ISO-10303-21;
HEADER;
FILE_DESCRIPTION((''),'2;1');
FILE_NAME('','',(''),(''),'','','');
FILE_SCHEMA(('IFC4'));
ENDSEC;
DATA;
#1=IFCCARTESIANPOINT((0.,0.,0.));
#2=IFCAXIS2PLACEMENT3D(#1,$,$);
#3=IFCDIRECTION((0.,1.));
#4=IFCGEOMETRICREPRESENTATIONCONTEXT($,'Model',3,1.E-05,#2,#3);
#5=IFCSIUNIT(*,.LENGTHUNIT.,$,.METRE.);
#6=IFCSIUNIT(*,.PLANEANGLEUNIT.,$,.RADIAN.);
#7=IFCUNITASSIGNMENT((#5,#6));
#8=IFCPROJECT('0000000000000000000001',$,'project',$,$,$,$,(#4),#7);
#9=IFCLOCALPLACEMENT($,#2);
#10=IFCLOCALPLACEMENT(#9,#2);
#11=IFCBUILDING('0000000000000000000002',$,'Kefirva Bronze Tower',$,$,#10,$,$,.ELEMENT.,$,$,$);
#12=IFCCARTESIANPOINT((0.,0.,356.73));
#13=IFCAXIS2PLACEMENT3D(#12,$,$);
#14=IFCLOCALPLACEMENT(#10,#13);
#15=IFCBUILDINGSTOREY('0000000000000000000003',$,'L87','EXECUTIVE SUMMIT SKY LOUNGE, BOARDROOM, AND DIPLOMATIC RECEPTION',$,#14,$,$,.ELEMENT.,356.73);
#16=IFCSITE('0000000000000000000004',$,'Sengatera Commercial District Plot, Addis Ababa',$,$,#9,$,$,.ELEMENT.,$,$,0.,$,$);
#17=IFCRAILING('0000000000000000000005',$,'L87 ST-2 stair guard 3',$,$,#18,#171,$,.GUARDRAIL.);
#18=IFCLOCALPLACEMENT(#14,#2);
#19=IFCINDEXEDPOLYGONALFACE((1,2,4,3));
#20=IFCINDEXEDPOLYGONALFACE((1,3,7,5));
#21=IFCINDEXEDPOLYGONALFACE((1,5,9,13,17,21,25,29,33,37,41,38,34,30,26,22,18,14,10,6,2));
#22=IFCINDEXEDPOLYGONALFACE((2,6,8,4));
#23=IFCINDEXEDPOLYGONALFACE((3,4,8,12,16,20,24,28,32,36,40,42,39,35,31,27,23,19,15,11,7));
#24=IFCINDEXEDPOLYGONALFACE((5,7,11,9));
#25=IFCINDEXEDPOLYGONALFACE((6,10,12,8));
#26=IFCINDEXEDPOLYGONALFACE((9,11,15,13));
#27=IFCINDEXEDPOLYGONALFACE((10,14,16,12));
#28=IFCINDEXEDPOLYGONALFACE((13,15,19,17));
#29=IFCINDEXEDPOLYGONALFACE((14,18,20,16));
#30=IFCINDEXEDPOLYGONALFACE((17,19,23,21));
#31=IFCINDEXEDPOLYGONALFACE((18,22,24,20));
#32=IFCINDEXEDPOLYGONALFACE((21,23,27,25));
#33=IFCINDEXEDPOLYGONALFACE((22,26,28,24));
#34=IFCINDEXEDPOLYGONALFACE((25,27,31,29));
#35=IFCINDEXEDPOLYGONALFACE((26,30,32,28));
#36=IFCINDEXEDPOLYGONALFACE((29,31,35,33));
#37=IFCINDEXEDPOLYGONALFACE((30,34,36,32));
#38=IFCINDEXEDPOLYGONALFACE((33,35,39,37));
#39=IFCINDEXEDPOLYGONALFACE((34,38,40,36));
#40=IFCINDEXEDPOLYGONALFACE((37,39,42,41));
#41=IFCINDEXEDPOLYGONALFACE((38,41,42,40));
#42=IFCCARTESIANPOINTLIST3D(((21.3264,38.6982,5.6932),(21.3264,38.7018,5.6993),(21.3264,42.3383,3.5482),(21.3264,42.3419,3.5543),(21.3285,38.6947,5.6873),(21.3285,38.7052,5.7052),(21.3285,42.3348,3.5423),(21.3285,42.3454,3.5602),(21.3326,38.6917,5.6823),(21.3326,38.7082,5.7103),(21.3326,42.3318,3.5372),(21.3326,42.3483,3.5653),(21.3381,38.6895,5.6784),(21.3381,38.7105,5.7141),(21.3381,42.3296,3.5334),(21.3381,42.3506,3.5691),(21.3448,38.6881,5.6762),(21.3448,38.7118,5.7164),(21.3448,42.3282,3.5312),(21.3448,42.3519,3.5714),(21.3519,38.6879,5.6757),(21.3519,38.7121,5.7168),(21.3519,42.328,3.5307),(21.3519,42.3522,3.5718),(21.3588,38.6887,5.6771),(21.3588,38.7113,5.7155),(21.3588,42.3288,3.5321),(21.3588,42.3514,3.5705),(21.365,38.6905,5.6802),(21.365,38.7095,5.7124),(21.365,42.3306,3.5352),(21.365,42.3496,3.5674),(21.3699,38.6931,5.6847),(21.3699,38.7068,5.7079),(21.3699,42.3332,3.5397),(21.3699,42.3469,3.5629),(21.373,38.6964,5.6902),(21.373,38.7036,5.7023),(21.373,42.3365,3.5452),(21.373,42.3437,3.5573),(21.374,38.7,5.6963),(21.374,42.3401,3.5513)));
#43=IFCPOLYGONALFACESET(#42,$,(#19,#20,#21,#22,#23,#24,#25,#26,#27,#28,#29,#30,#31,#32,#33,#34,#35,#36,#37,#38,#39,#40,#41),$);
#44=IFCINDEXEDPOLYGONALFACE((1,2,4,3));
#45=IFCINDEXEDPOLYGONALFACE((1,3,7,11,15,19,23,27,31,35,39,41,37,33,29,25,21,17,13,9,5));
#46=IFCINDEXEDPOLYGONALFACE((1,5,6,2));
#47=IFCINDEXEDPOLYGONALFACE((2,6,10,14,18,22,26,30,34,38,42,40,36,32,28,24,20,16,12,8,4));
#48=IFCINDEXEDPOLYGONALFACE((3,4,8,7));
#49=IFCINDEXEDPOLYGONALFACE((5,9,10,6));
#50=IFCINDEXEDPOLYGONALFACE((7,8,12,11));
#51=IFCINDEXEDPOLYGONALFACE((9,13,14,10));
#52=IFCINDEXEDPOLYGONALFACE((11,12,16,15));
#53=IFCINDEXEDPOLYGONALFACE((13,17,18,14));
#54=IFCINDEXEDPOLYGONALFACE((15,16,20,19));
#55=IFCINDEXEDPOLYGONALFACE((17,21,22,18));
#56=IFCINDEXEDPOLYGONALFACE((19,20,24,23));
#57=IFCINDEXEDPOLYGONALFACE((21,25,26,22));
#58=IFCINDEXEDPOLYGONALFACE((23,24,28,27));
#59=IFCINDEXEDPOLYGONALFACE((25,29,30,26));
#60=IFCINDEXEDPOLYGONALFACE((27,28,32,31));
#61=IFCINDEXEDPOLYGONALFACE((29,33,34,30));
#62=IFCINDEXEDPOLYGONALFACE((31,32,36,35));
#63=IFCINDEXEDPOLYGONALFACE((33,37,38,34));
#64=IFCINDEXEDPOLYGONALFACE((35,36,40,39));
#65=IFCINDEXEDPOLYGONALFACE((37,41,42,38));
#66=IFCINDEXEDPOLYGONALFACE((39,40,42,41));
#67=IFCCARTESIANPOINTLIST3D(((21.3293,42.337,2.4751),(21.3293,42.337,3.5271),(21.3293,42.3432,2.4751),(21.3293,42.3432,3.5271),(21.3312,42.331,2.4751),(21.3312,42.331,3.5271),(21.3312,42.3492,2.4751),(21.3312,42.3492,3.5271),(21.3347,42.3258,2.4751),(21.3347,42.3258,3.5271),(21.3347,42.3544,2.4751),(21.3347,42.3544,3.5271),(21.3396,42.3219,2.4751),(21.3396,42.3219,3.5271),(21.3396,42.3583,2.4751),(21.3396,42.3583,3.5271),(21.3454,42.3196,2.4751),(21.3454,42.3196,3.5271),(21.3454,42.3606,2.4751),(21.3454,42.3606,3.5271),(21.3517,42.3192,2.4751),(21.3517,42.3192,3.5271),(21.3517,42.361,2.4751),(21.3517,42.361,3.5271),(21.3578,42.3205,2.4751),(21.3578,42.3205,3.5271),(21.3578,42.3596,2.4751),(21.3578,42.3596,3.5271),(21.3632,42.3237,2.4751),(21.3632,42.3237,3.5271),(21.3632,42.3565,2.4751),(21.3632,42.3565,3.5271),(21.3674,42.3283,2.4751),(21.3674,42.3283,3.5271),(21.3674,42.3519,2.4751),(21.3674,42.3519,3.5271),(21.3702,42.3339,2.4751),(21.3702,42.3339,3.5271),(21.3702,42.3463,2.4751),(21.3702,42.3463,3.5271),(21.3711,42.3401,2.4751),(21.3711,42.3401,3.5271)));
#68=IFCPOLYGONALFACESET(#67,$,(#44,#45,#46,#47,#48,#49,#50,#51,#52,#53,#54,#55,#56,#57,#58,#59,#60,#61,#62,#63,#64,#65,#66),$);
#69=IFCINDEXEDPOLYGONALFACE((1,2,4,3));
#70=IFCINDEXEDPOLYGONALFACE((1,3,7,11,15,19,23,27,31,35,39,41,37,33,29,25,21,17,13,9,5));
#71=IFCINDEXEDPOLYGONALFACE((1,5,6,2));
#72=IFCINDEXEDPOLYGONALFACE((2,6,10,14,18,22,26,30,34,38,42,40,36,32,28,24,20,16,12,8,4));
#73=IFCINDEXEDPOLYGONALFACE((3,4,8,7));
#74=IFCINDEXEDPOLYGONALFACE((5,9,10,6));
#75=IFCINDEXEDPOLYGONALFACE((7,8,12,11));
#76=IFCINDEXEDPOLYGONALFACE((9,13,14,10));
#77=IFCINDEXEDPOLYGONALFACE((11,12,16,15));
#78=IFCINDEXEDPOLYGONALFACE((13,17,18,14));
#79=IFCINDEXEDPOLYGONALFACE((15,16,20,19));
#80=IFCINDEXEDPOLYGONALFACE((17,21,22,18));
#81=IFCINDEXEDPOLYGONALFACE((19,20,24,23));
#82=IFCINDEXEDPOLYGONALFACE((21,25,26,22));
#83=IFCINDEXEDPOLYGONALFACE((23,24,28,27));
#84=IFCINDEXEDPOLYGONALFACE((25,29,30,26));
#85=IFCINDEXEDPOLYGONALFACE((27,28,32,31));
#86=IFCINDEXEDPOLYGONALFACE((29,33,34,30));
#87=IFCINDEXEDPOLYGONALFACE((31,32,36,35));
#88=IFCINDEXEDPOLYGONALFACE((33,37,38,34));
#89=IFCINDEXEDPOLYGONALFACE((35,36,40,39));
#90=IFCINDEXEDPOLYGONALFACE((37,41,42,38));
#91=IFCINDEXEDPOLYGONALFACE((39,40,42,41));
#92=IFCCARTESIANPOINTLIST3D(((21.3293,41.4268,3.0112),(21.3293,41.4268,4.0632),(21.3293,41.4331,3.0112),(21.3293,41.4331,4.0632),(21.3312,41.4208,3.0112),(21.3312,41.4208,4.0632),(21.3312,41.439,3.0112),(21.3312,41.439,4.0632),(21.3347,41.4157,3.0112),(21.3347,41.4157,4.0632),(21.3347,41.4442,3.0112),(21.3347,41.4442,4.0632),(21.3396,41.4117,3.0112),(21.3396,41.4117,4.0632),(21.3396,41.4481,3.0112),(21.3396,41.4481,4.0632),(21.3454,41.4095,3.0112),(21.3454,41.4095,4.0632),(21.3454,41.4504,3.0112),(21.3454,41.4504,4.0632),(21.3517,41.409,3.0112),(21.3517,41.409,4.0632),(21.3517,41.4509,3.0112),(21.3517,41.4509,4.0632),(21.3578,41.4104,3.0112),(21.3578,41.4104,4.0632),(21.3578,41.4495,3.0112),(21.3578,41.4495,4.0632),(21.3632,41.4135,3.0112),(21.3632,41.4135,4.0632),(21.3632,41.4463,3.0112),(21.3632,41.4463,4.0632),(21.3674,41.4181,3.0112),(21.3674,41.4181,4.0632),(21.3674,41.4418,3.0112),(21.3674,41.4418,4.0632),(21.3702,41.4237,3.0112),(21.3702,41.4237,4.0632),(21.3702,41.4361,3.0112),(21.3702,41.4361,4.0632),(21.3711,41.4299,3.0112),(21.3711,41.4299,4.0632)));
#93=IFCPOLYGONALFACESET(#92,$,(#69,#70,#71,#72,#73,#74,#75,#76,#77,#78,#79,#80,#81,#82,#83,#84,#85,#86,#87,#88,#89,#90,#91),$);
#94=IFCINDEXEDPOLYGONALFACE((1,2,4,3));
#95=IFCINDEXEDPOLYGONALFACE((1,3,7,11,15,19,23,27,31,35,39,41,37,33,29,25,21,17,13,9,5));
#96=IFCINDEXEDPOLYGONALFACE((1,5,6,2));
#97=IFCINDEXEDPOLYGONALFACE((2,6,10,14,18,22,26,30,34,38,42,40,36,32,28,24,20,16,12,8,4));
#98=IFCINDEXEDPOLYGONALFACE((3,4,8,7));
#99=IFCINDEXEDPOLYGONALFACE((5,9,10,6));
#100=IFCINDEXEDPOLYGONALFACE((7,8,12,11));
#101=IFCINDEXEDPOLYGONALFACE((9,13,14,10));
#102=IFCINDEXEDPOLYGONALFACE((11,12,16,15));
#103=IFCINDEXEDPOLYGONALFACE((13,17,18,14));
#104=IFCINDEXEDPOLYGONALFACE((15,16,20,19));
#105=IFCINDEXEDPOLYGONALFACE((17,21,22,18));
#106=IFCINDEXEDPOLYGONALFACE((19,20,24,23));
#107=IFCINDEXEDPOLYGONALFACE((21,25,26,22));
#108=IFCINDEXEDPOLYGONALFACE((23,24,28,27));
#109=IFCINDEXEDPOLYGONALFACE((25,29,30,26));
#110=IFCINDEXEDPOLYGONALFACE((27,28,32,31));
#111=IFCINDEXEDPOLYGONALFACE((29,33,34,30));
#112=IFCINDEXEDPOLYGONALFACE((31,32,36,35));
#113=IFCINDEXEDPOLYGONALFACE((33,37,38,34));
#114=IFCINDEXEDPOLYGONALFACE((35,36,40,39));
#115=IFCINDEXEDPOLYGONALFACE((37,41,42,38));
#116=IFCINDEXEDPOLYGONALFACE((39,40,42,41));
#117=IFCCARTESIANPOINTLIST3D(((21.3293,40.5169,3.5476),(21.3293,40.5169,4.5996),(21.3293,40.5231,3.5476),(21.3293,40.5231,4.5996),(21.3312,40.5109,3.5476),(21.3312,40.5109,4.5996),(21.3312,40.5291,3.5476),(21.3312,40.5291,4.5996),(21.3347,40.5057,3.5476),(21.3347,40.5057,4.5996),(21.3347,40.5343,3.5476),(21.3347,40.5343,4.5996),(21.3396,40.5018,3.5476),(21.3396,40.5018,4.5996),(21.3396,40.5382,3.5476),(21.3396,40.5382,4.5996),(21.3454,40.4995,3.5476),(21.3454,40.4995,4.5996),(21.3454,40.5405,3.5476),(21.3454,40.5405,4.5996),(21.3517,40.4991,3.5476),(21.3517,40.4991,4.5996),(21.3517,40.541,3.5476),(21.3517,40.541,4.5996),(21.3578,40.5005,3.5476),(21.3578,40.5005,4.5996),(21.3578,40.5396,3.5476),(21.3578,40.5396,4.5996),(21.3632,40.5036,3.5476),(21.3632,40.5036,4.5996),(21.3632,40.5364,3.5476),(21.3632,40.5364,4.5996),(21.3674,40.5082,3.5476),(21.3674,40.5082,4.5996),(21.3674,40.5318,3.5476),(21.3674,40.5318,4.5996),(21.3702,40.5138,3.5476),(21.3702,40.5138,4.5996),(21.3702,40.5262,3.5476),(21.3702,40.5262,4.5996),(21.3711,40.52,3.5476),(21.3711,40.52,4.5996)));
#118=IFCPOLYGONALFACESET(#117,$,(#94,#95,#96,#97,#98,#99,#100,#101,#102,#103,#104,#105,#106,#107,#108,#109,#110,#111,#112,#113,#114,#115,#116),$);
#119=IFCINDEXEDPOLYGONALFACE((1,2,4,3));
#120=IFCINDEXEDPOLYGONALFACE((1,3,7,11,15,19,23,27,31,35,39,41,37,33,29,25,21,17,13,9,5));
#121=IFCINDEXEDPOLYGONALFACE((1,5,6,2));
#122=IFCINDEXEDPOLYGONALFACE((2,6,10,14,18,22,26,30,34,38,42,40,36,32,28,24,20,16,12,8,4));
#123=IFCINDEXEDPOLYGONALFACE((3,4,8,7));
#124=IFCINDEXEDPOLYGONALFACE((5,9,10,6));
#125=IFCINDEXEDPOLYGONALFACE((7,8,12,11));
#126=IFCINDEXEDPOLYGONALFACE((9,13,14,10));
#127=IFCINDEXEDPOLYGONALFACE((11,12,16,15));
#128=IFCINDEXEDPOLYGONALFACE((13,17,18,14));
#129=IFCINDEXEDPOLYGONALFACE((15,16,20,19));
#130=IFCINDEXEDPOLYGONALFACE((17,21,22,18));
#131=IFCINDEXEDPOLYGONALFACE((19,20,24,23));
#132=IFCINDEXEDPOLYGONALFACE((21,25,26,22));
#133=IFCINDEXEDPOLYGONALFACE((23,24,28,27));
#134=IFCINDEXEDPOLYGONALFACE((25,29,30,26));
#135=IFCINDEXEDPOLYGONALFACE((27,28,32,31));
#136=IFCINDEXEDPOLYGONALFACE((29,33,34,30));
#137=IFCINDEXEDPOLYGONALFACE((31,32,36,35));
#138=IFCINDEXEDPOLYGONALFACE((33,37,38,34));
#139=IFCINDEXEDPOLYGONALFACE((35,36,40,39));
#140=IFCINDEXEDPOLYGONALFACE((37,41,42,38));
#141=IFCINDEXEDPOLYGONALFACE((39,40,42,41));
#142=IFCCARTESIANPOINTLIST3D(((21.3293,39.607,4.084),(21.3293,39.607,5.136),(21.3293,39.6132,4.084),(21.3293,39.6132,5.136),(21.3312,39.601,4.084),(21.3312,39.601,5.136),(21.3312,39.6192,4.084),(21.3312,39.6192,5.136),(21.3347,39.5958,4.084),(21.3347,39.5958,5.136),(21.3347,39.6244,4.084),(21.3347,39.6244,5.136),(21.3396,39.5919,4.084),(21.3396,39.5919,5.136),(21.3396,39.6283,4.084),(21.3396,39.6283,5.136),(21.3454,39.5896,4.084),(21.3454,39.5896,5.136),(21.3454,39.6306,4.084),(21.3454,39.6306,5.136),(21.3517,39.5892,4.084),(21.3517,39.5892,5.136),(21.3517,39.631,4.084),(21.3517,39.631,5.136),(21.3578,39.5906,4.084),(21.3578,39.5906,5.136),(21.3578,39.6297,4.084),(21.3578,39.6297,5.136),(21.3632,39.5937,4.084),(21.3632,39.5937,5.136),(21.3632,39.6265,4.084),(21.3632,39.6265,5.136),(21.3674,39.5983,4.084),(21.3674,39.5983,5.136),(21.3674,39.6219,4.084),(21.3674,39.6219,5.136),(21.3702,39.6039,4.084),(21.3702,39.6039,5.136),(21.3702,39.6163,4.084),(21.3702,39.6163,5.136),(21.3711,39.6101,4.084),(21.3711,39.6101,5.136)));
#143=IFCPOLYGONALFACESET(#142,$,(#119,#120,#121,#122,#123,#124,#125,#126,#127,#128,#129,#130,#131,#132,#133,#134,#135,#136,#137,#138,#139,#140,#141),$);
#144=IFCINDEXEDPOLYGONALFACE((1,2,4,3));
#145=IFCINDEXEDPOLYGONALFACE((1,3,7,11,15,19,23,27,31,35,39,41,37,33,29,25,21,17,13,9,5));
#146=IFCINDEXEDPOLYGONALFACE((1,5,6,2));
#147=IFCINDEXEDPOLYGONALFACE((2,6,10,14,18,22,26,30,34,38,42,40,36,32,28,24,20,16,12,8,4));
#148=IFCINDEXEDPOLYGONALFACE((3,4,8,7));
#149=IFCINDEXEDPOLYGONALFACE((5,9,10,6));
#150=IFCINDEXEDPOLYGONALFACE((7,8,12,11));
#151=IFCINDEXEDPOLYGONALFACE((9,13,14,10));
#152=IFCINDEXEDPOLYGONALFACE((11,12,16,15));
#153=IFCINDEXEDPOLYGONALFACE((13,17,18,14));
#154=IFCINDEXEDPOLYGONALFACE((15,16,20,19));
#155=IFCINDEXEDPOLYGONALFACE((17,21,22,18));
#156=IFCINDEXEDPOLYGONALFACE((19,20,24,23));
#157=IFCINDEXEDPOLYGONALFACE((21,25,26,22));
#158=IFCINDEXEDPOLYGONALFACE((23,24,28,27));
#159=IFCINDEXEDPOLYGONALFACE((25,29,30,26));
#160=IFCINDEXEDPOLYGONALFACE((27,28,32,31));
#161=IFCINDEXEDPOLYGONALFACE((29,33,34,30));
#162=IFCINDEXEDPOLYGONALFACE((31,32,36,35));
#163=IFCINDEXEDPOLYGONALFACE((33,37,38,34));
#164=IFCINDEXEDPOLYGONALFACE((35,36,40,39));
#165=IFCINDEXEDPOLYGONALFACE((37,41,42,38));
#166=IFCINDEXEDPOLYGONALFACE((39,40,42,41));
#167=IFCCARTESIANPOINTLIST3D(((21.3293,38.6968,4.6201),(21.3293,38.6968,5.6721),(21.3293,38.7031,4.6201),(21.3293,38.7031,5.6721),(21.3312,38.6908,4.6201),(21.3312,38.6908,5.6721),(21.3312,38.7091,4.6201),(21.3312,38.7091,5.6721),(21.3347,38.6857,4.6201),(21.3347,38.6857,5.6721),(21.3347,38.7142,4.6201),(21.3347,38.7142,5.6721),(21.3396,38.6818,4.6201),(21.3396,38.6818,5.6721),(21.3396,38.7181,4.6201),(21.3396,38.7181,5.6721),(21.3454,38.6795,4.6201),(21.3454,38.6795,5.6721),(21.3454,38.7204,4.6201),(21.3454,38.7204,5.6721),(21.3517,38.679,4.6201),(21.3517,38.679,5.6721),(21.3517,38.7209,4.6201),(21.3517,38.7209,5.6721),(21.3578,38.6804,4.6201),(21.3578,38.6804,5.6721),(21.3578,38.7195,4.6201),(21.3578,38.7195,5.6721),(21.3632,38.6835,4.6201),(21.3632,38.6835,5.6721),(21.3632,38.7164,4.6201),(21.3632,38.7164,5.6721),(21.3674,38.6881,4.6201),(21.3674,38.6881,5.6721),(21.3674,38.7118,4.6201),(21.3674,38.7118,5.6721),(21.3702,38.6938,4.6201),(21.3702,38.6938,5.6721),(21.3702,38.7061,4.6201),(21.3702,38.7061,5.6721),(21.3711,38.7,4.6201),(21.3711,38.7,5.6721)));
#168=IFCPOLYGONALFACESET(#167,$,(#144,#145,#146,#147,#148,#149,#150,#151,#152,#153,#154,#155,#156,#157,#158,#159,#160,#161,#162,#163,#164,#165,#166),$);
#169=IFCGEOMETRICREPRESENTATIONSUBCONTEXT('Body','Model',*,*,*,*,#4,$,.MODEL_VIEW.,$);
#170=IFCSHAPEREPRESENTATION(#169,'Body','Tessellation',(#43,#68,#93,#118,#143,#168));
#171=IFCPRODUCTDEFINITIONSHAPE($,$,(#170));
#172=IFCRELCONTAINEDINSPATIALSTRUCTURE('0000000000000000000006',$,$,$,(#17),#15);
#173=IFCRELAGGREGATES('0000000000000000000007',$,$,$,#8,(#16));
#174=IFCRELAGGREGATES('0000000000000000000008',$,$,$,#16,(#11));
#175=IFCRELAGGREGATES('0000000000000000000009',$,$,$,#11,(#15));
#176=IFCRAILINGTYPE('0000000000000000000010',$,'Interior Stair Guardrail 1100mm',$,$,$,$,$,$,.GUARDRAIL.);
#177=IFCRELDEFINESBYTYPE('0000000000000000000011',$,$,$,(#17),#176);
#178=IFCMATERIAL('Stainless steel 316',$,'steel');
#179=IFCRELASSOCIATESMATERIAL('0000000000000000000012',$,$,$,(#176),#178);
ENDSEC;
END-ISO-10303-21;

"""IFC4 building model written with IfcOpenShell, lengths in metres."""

from ifc_helpers import new_model, si_unit, direction, frame, origin, origin_2d, place, context, subcontext, project, spatial, circle, extrude, material, type_object, element, save


model = new_model("IFC4")

# Units and contexts
model_context = context("Model", 3, precision=1e-05, world=origin(), true_north=direction((0.0, 1.0)))
body_context = subcontext(model_context, "Body", "Model", "MODEL_VIEW")
ifc_project = project(units=[si_unit("LENGTHUNIT", "METRE"), si_unit("PLANEANGLEUNIT", "RADIAN")], contexts=[model_context])

# Site, building, storey
site_placement = place(None, origin())
site = spatial("IfcSite", under=ifc_project, at=site_placement, Name="Sengatera Commercial District Plot, Addis Ababa", CompositionType="ELEMENT", RefElevation=0.0)
building_placement = place(site_placement, origin())
building = spatial("IfcBuilding", under=site, at=building_placement, Name="Kefirva Bronze Tower", CompositionType="ELEMENT")
storey_placement = place(building_placement, frame((0.0, 0.0, 356.73)))
storey = spatial("IfcBuildingStorey", under=building, at=storey_placement, Name="L87", Description="EXECUTIVE SUMMIT SKY LOUNGE, BOARDROOM, AND DIPLOMATIC RECEPTION", CompositionType="ELEMENT", Elevation=356.73)

# Shared definitions
ifc_material_1 = material(Name="Stainless steel 316", Category="steel")

# Railing
railing_type_1 = type_object("IfcRailingType", Name="Interior Stair Guardrail 1100mm", PredefinedType="GUARDRAIL", material=ifc_material_1)
railing_1_placement = place(storey_placement, frame((21.3501, 42.3401, 2.4751)))
element("IfcRailing", 1, at=railing_1_placement, inside=storey, type_object=railing_type_1, Name="L87 ST-2 stair guard 3", PredefinedType="GUARDRAIL", context=body_context, shape_type="SweptSolid", body=[
    extrude(circle(Radius=0.0239, at=origin_2d()), frame((0.0, 0.0, 1.0762), z_axis=(0.0, -0.861545, 0.507682), x_axis=(1.0, 0.0, 0.0)), (0.0, 0.0, 1.0), 4.2251),
    extrude(circle(Radius=0.021, at=origin_2d()), origin(), (0.0, 0.0, 1.0), 1.052),
    extrude(circle(Radius=0.021, at=origin_2d()), frame((0.0, -0.9102, 0.5361)), (0.0, 0.0, 1.0), 1.052),
    extrude(circle(Radius=0.021, at=origin_2d()), frame((0.0, -1.8201, 1.0725)), (0.0, 0.0, 1.0), 1.052),
    extrude(circle(Radius=0.021, at=origin_2d()), frame((0.0, -2.73, 1.6089)), (0.0, 0.0, 1.0), 1.052),
    extrude(circle(Radius=0.021, at=origin_2d()), frame((0.0, -3.6401, 2.145)), (0.0, 0.0, 1.0), 1.052),
])

save(model, "model.ifc")
